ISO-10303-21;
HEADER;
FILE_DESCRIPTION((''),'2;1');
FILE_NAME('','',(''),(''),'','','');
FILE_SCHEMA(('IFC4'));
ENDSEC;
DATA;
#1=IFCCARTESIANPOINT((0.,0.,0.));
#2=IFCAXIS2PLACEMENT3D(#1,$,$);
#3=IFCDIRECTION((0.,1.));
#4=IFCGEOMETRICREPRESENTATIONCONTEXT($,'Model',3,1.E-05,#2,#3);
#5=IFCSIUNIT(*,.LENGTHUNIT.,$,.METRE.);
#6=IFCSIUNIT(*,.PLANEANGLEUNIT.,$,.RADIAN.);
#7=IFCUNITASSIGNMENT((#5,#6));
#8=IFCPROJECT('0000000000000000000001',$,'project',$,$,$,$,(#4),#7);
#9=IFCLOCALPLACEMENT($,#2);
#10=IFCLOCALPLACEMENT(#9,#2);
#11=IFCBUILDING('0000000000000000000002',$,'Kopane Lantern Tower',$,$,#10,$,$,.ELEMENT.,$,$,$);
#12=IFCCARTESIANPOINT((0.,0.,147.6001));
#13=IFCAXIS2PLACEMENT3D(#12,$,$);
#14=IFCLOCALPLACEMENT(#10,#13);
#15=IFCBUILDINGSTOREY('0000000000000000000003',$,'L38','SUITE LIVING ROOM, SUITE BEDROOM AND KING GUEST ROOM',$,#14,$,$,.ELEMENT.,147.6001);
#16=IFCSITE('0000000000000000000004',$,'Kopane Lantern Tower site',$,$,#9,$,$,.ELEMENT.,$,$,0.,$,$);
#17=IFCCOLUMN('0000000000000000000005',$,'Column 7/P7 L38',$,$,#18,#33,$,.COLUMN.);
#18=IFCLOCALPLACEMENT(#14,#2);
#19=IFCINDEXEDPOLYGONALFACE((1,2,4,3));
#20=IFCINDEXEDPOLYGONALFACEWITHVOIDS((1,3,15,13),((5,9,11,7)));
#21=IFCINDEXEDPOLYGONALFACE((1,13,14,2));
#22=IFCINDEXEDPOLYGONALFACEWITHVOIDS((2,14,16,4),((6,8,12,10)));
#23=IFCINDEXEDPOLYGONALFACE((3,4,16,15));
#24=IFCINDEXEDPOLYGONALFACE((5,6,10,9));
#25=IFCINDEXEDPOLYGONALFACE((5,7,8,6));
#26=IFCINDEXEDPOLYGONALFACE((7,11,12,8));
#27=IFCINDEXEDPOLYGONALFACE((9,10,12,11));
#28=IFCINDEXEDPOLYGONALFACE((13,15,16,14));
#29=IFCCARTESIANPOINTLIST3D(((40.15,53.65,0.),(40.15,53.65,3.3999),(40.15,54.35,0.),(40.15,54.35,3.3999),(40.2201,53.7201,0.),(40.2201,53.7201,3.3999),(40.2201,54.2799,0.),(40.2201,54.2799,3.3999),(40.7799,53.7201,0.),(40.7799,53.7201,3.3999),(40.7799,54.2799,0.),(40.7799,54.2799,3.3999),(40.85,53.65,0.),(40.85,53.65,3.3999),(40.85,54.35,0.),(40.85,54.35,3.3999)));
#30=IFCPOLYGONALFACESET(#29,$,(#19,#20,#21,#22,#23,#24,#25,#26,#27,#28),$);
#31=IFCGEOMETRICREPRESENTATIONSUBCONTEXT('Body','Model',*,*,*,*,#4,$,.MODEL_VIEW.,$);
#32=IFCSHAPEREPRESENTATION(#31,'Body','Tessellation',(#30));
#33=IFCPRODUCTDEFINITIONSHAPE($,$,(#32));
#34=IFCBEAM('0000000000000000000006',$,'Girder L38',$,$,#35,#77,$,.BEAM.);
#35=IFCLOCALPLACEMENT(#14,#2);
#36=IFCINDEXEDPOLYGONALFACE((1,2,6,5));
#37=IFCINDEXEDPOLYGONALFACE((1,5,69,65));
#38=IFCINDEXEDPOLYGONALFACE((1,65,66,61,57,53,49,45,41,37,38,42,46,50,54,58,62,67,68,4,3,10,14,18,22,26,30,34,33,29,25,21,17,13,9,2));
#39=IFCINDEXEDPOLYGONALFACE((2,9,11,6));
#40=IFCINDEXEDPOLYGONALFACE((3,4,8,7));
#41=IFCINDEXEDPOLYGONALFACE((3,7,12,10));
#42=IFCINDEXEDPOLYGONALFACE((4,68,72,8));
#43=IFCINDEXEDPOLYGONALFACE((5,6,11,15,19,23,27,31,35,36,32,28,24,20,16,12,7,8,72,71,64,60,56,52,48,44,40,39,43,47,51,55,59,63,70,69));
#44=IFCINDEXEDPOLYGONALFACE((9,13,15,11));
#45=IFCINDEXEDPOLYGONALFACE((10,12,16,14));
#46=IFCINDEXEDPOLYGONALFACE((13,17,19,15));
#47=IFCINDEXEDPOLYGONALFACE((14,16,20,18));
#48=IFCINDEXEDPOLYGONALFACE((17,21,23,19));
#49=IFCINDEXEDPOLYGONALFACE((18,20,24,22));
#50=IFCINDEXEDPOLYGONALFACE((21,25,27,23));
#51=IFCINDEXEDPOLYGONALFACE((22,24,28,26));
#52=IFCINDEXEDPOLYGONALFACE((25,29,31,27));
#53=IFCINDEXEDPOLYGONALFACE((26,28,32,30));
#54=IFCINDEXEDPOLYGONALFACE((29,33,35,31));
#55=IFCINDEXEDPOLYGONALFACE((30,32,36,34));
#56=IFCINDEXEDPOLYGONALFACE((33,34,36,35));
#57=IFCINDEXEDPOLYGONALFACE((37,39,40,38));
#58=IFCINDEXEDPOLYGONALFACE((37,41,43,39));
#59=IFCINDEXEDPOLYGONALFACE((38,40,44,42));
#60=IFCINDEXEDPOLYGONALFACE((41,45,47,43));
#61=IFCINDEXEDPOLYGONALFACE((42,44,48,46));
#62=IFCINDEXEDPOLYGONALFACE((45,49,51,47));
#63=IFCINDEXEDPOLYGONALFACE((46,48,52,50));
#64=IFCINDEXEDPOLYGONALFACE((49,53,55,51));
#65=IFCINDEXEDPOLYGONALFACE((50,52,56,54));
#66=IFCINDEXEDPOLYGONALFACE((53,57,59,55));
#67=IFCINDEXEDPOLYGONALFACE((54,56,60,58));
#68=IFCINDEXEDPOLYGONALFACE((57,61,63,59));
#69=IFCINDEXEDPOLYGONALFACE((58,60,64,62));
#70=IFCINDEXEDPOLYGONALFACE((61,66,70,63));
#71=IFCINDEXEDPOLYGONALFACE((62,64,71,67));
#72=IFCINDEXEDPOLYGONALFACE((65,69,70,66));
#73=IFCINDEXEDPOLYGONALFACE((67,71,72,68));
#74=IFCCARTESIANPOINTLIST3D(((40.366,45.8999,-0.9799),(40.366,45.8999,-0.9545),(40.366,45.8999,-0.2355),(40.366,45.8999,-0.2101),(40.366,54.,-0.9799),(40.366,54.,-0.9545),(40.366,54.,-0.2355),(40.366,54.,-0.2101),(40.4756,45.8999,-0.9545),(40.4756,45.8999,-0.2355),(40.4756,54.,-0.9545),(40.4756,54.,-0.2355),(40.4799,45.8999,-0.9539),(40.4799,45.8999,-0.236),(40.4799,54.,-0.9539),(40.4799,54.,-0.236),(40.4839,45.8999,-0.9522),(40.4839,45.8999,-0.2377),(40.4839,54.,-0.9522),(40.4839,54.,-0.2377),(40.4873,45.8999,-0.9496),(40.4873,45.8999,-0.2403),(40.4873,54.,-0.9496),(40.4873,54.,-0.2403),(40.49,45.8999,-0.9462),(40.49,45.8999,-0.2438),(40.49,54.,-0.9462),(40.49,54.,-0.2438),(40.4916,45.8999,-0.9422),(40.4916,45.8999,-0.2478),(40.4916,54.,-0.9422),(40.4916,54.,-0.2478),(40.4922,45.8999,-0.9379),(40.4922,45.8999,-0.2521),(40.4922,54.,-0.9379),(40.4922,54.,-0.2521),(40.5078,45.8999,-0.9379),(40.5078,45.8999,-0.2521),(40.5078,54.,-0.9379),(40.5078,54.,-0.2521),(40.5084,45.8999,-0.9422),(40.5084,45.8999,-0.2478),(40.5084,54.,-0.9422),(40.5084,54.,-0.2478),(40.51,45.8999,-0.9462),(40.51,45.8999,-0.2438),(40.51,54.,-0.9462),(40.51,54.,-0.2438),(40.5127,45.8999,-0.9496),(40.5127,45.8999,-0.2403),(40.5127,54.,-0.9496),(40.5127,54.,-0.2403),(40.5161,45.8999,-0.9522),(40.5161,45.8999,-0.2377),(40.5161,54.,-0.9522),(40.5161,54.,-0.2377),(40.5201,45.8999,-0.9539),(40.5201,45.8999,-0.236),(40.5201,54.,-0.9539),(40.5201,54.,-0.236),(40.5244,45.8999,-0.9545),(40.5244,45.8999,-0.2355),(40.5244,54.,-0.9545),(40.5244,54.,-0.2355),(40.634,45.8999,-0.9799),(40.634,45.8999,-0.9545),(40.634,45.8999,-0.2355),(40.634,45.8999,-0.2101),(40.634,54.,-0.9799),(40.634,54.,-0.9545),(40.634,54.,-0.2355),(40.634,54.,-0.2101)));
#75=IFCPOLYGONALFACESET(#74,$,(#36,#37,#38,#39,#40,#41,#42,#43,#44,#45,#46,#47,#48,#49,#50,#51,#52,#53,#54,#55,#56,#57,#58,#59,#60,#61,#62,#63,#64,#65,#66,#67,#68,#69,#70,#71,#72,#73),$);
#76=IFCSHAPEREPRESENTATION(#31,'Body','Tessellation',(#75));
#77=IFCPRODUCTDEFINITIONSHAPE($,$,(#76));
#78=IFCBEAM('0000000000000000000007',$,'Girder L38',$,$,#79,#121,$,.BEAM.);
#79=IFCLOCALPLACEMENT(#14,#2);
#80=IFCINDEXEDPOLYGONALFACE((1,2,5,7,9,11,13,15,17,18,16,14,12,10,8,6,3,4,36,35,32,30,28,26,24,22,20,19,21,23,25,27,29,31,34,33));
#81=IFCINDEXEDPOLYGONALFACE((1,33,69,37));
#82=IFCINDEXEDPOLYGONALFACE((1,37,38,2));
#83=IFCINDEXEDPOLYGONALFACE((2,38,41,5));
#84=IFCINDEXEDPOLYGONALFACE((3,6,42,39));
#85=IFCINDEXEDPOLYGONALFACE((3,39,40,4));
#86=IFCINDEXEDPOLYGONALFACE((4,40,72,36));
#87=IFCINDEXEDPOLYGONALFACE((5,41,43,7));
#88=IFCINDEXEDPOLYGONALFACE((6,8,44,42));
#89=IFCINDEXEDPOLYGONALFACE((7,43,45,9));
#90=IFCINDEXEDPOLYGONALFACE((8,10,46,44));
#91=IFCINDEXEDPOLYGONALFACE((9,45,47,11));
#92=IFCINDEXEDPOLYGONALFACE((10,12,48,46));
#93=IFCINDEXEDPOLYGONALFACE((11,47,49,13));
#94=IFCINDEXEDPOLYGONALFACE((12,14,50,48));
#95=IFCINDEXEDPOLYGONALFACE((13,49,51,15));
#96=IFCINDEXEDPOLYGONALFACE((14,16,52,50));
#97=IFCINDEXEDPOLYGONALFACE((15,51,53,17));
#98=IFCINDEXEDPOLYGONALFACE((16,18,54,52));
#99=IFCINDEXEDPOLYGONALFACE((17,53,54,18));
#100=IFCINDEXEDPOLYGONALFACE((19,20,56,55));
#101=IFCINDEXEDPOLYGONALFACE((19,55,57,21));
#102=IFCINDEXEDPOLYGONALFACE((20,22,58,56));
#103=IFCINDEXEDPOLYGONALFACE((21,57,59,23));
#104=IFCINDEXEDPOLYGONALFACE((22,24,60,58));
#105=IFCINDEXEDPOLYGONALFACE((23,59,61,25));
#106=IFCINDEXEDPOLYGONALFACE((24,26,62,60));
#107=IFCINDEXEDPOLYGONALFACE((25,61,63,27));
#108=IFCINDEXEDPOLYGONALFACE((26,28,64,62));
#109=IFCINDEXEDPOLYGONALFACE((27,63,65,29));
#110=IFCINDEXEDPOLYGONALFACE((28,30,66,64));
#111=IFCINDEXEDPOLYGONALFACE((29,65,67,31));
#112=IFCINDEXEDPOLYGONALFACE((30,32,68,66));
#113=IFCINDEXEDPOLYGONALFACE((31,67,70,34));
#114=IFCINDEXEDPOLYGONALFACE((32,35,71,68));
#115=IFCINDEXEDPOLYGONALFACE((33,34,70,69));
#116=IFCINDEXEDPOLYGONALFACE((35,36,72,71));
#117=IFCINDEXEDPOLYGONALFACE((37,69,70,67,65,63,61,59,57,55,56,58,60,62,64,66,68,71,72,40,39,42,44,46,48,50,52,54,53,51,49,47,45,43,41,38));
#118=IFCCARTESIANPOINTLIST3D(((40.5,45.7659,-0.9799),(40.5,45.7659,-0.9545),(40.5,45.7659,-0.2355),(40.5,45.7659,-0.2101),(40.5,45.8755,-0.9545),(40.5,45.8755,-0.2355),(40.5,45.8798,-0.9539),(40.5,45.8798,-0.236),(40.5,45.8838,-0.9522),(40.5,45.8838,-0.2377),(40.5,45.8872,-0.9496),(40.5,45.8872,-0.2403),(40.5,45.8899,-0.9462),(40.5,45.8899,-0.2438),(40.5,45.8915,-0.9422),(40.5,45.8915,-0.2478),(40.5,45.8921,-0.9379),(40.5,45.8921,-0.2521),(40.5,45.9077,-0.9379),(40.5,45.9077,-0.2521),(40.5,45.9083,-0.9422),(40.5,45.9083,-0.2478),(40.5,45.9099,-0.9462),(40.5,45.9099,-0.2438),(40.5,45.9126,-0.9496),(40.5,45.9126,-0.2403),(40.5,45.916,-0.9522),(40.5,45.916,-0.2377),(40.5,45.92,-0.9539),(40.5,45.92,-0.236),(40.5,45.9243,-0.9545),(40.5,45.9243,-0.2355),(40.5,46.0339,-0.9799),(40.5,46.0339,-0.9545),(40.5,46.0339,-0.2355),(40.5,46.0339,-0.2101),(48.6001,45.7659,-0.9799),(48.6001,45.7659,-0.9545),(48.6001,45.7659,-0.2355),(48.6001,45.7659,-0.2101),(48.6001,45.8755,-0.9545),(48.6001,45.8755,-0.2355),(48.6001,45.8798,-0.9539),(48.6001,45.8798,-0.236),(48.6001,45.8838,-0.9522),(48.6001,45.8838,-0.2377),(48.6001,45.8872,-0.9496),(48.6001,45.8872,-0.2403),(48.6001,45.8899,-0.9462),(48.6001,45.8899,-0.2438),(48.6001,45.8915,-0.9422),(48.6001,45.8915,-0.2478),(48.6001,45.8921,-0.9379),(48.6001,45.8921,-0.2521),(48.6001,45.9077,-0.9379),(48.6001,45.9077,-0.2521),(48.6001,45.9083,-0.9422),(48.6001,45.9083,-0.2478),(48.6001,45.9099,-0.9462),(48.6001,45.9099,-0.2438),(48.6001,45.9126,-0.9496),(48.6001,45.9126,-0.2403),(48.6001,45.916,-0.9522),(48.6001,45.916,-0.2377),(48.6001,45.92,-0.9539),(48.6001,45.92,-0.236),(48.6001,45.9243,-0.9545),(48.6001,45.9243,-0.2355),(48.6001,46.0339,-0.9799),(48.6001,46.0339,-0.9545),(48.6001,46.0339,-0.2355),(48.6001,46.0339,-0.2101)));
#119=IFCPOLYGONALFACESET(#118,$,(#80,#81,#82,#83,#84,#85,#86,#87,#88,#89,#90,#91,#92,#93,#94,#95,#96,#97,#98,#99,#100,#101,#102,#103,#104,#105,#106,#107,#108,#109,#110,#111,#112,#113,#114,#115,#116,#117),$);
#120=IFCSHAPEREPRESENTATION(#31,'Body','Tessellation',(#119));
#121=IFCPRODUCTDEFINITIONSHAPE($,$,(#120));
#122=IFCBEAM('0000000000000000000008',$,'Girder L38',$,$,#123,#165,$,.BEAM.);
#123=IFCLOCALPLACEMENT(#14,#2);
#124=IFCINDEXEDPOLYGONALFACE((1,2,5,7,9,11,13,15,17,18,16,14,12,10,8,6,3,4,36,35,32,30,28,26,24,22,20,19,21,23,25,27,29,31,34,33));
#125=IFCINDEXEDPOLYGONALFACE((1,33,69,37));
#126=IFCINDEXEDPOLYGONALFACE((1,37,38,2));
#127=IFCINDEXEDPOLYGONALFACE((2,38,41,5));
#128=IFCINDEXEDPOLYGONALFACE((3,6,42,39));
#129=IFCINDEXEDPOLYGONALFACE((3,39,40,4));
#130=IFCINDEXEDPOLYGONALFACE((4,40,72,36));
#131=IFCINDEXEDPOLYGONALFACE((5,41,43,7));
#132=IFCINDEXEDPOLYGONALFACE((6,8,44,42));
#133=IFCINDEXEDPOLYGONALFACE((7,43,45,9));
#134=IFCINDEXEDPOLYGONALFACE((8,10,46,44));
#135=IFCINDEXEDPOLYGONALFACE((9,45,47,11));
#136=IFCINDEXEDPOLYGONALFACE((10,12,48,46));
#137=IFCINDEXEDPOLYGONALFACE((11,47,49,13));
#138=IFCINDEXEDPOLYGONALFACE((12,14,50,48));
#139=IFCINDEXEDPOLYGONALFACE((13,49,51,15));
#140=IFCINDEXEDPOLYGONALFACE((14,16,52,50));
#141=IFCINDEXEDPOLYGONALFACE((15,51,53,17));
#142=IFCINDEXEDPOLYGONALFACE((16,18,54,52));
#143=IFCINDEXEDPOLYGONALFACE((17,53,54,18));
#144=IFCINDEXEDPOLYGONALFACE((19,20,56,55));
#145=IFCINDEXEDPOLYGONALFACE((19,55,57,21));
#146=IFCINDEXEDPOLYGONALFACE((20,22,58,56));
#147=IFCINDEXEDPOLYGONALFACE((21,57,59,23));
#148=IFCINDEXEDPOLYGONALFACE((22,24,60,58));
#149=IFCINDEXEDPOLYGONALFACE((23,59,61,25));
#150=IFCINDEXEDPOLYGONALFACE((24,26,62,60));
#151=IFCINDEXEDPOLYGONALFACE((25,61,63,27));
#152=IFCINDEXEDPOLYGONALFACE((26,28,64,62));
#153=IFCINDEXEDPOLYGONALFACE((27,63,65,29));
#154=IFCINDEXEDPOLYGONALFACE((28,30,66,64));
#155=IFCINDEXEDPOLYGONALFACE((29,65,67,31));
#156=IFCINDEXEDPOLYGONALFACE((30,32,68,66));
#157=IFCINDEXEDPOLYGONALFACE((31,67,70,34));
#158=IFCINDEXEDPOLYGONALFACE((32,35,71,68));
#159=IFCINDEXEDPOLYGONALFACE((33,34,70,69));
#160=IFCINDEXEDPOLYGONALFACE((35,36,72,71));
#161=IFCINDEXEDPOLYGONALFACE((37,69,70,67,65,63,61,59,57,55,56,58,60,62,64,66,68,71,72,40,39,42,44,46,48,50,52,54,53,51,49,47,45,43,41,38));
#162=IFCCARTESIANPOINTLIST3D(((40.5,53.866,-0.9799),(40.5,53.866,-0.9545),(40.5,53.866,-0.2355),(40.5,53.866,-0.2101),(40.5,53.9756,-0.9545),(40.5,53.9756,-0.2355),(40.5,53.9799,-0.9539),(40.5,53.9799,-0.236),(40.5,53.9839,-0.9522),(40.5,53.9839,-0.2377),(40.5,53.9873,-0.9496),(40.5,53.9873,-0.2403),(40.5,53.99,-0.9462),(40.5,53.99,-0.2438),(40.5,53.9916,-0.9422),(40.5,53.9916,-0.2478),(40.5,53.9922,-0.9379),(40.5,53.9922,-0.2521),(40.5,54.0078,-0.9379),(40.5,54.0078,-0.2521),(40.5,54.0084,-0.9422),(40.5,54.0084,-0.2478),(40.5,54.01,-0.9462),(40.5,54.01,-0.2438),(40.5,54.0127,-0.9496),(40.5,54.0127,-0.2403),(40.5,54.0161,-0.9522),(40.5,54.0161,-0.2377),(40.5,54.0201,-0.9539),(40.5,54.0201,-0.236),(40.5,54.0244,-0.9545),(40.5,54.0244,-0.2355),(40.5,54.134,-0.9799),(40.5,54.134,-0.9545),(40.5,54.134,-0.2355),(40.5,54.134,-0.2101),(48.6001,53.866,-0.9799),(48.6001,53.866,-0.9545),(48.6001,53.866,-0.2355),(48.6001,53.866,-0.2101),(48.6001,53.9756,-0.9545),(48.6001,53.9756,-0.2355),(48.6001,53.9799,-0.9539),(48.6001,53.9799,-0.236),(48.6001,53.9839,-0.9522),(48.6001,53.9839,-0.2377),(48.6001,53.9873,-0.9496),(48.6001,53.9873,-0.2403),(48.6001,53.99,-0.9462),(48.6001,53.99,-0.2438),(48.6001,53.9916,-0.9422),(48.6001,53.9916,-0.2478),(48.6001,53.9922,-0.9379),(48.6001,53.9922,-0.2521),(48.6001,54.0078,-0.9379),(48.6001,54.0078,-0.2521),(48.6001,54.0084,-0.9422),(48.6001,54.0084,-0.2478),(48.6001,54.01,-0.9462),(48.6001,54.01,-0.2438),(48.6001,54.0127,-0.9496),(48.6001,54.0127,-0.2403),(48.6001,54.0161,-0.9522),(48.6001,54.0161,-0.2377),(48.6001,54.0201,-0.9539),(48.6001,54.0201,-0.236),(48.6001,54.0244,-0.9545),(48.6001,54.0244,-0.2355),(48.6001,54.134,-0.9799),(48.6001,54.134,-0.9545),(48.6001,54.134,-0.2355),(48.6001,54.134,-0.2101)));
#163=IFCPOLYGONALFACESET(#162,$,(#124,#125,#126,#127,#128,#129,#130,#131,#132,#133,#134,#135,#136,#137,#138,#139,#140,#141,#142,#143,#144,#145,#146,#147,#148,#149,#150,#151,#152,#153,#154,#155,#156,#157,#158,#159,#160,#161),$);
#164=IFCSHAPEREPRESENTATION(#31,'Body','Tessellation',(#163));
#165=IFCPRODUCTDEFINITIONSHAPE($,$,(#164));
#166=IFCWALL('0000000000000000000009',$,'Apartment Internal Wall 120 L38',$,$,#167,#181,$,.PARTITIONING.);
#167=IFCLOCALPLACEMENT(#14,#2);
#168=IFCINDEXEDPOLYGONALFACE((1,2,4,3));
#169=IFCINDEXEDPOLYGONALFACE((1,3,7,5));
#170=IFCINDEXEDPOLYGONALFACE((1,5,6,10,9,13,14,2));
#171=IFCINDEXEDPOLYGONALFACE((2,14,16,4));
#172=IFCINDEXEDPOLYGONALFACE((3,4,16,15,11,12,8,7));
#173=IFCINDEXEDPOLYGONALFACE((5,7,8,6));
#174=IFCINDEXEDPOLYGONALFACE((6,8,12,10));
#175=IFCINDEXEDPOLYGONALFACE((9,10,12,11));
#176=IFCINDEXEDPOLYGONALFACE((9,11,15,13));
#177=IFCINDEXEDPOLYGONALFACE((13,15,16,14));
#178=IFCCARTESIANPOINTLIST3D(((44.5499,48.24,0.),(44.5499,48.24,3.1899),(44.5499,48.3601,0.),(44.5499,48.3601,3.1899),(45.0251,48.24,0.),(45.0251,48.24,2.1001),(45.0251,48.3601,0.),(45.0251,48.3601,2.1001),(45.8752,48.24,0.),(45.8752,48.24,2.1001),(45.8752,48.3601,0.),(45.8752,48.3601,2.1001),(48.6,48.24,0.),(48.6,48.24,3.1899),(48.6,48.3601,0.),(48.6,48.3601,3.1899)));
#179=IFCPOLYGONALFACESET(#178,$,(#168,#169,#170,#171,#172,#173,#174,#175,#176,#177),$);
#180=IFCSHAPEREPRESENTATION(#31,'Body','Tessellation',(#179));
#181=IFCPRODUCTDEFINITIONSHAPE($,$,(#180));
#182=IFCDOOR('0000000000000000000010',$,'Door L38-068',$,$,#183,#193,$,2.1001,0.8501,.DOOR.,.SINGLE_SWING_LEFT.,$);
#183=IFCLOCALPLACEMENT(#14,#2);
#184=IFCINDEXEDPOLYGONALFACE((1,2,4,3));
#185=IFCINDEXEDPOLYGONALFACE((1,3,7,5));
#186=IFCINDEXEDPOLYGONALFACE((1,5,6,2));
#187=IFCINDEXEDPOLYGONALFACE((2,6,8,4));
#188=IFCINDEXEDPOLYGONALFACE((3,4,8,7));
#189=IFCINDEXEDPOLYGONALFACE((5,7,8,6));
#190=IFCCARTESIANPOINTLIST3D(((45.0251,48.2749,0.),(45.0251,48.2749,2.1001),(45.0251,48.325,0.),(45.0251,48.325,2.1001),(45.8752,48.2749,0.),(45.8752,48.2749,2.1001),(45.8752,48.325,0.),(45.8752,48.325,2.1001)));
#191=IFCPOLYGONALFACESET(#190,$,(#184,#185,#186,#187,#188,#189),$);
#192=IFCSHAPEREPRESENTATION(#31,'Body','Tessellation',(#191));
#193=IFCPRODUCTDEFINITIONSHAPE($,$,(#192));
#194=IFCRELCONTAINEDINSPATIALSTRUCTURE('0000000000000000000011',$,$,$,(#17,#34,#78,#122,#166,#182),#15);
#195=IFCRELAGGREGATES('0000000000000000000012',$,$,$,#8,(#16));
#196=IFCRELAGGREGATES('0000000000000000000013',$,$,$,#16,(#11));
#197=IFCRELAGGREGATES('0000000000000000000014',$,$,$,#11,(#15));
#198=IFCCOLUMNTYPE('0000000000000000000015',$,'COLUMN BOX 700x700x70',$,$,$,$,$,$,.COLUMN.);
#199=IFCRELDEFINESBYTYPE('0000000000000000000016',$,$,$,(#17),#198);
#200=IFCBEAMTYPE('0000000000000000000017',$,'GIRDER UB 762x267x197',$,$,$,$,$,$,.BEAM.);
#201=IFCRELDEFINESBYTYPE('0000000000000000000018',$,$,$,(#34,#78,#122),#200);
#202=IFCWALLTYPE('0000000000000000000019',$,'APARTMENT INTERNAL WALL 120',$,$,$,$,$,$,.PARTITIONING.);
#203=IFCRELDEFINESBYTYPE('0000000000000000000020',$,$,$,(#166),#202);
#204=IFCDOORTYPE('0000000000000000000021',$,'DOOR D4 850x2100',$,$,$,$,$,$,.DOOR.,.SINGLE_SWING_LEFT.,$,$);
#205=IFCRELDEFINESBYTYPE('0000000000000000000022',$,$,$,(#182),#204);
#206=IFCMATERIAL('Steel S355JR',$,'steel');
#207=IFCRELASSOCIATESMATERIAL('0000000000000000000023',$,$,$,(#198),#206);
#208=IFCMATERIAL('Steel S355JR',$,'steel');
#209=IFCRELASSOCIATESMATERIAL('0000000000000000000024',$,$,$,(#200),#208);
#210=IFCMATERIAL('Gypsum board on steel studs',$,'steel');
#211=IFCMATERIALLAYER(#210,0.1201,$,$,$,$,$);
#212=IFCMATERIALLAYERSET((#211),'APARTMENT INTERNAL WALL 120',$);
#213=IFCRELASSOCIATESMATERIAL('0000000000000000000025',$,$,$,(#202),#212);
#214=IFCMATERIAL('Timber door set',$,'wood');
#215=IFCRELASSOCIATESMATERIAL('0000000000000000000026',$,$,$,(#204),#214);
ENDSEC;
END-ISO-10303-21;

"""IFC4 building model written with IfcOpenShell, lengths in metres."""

from ifc_helpers import new_model, si_unit, direction, frame, frame_2d, origin, origin_2d, place, context, subcontext, project, spatial, rectangle, hollow_rectangle, i_section, extrude, material, layer, layer_set, material_profile, profile_set, type_object, element, fill, save


model = new_model("IFC4")

# Units and contexts
model_context = context("Model", 3, precision=1e-05, world=origin(), true_north=direction((0.0, 1.0)))
body_context = subcontext(model_context, "Body", "Model", "MODEL_VIEW")
ifc_project = project(units=[si_unit("LENGTHUNIT", "METRE"), si_unit("PLANEANGLEUNIT", "RADIAN")], contexts=[model_context])

# Site, building, storey
site_placement = place(None, origin())
site = spatial("IfcSite", under=ifc_project, at=site_placement, Name="Kopane Lantern Tower site", CompositionType="ELEMENT", RefElevation=0.0)
building_placement = place(site_placement, origin())
building = spatial("IfcBuilding", under=site, at=building_placement, Name="Kopane Lantern Tower", CompositionType="ELEMENT")
storey_placement = place(building_placement, frame((0.0, 0.0, 147.6001)))
storey = spatial("IfcBuildingStorey", under=building, at=storey_placement, Name="L38", Description="SUITE LIVING ROOM, SUITE BEDROOM AND KING GUEST ROOM", CompositionType="ELEMENT", Elevation=147.6001)

# Column
ifc_material_1 = material(Name="Steel S355JR", Category="steel")
ifc_material_profile_1 = material_profile(ifc_material_1, hollow_rectangle(XDim=0.7, YDim=0.7, WallThickness=0.0701, at=origin_2d()), Name="BOX 700x700x70")
ifc_profile_set_1 = profile_set([ifc_material_profile_1], Name="Steel S355JR")
column_type = type_object("IfcColumnType", Name="COLUMN BOX 700x700x70", PredefinedType="COLUMN", material=ifc_profile_set_1)
column_placement = place(storey_placement, frame((40.5, 54.0, 0.0), z_axis=(0.0, 0.0, 1.0), x_axis=(1.0, 0.0, 0.0)))
element("IfcColumn", 1, at=column_placement, inside=storey, type_object=column_type, Name="Column 7/P7 L38", PredefinedType="COLUMN", context=body_context, shape_type="SweptSolid", body=[
    extrude(hollow_rectangle(XDim=0.7, YDim=0.7, WallThickness=0.0701, at=origin_2d()), origin(), (0.0, 0.0, 1.0), 3.3999),
])

# Beams
ifc_material_2 = material(Name="Steel S355JR", Category="steel")
ifc_material_profile_2 = material_profile(ifc_material_2, i_section(OverallWidth=0.2681, OverallDepth=0.7698, WebThickness=0.0156, FlangeThickness=0.0254, FilletRadius=0.0166, at=origin_2d()), Name="UB 762x267x197")
ifc_profile_set_2 = profile_set([ifc_material_profile_2], Name="Steel S355JR")
beam_type = type_object("IfcBeamType", Name="GIRDER UB 762x267x197", PredefinedType="BEAM", material=ifc_profile_set_2)
for number, where, z_axis, x_axis, name in (
    (2, (40.5, 45.8999, -0.595), (0.0, 1.0, 0.0), (-1.0, 0.0, 0.0), "Girder L38"),
    (3, (40.5, 45.8999, -0.595), (1.0, 0.0, 0.0), (0.0, 1.0, 0.0), "Girder L38"),
    (4, (40.5, 54.0, -0.595), (1.0, 0.0, 0.0), (0.0, 1.0, 0.0), "Girder L38"),
):
    element("IfcBeam", number, at=place(storey_placement, frame(where, z_axis=z_axis, x_axis=x_axis)), inside=storey, type_object=beam_type, Name=name, PredefinedType="BEAM", context=body_context, shape_type="SweptSolid", body=[
        extrude(i_section(OverallWidth=0.2681, OverallDepth=0.7698, WebThickness=0.0156, FlangeThickness=0.0254, FilletRadius=0.0166, at=origin_2d()), origin(), (0.0, 0.0, 1.0), 8.1001),
    ])

# Wall, opening, door
ifc_material_3 = material(Name="Gypsum board on steel studs", Category="steel")
ifc_layer_1 = layer(ifc_material_3, 0.1201)
ifc_layer_set_1 = layer_set([ifc_layer_1], Name="APARTMENT INTERNAL WALL 120")
wall_type_1 = type_object("IfcWallType", Name="APARTMENT INTERNAL WALL 120", PredefinedType="PARTITIONING", material=ifc_layer_set_1)
wall_1_placement = place(storey_placement, frame((44.55, 48.3, 0.0), z_axis=(0.0, 0.0, 1.0), x_axis=(1.0, 0.0, 0.0)))
wall_1 = element("IfcWall", 5, at=wall_1_placement, inside=storey, type_object=wall_type_1, Name="Apartment Internal Wall 120 L38", PredefinedType="PARTITIONING", context=body_context, shape_type="SweptSolid", body=[
    extrude(rectangle(XDim=4.05, YDim=0.1201, at=frame_2d((2.0249, 0.0))), origin(), (0.0, 0.0, 1.0), 3.1899),
])
opening_1_placement = place(wall_1_placement, frame((0.4751, 0.0, 0.0)))
opening_1 = element("IfcOpeningElement", 6, at=opening_1_placement, cuts=wall_1, PredefinedType="OPENING", context=body_context, shape_type="SweptSolid", body=[
    extrude(rectangle(XDim=0.8501, YDim=2.1001, at=frame_2d((0.425, 1.05))), frame((0.0, 0.0701, 0.0), z_axis=(0.0, -1.0, 0.0), x_axis=(1.0, 0.0, 0.0)), (0.0, 0.0, 1.0), 0.1401),
])
ifc_material_4 = material(Name="Timber door set", Category="wood")
door_type_1 = type_object("IfcDoorType", Name="DOOR D4 850x2100", OperationType="SINGLE_SWING_LEFT", PredefinedType="DOOR", material=ifc_material_4)
door_1_placement = place(opening_1_placement, origin())
door_1 = element("IfcDoor", 7, at=door_1_placement, inside=storey, type_object=door_type_1, Name="Door L38-068", OperationType="SINGLE_SWING_LEFT", OverallHeight=2.1001, OverallWidth=0.8501, PredefinedType="DOOR", context=body_context, shape_type="SweptSolid", body=[
    extrude(rectangle(XDim=0.8501, YDim=2.1001, at=frame_2d((0.425, 1.05))), frame((0.0, 0.0249, 0.0), z_axis=(0.0, -1.0, 0.0), x_axis=(1.0, 0.0, 0.0)), (0.0, 0.0, 1.0), 0.05),
])
fill(opening_1, door_1)

save(model, "model.ifc")
